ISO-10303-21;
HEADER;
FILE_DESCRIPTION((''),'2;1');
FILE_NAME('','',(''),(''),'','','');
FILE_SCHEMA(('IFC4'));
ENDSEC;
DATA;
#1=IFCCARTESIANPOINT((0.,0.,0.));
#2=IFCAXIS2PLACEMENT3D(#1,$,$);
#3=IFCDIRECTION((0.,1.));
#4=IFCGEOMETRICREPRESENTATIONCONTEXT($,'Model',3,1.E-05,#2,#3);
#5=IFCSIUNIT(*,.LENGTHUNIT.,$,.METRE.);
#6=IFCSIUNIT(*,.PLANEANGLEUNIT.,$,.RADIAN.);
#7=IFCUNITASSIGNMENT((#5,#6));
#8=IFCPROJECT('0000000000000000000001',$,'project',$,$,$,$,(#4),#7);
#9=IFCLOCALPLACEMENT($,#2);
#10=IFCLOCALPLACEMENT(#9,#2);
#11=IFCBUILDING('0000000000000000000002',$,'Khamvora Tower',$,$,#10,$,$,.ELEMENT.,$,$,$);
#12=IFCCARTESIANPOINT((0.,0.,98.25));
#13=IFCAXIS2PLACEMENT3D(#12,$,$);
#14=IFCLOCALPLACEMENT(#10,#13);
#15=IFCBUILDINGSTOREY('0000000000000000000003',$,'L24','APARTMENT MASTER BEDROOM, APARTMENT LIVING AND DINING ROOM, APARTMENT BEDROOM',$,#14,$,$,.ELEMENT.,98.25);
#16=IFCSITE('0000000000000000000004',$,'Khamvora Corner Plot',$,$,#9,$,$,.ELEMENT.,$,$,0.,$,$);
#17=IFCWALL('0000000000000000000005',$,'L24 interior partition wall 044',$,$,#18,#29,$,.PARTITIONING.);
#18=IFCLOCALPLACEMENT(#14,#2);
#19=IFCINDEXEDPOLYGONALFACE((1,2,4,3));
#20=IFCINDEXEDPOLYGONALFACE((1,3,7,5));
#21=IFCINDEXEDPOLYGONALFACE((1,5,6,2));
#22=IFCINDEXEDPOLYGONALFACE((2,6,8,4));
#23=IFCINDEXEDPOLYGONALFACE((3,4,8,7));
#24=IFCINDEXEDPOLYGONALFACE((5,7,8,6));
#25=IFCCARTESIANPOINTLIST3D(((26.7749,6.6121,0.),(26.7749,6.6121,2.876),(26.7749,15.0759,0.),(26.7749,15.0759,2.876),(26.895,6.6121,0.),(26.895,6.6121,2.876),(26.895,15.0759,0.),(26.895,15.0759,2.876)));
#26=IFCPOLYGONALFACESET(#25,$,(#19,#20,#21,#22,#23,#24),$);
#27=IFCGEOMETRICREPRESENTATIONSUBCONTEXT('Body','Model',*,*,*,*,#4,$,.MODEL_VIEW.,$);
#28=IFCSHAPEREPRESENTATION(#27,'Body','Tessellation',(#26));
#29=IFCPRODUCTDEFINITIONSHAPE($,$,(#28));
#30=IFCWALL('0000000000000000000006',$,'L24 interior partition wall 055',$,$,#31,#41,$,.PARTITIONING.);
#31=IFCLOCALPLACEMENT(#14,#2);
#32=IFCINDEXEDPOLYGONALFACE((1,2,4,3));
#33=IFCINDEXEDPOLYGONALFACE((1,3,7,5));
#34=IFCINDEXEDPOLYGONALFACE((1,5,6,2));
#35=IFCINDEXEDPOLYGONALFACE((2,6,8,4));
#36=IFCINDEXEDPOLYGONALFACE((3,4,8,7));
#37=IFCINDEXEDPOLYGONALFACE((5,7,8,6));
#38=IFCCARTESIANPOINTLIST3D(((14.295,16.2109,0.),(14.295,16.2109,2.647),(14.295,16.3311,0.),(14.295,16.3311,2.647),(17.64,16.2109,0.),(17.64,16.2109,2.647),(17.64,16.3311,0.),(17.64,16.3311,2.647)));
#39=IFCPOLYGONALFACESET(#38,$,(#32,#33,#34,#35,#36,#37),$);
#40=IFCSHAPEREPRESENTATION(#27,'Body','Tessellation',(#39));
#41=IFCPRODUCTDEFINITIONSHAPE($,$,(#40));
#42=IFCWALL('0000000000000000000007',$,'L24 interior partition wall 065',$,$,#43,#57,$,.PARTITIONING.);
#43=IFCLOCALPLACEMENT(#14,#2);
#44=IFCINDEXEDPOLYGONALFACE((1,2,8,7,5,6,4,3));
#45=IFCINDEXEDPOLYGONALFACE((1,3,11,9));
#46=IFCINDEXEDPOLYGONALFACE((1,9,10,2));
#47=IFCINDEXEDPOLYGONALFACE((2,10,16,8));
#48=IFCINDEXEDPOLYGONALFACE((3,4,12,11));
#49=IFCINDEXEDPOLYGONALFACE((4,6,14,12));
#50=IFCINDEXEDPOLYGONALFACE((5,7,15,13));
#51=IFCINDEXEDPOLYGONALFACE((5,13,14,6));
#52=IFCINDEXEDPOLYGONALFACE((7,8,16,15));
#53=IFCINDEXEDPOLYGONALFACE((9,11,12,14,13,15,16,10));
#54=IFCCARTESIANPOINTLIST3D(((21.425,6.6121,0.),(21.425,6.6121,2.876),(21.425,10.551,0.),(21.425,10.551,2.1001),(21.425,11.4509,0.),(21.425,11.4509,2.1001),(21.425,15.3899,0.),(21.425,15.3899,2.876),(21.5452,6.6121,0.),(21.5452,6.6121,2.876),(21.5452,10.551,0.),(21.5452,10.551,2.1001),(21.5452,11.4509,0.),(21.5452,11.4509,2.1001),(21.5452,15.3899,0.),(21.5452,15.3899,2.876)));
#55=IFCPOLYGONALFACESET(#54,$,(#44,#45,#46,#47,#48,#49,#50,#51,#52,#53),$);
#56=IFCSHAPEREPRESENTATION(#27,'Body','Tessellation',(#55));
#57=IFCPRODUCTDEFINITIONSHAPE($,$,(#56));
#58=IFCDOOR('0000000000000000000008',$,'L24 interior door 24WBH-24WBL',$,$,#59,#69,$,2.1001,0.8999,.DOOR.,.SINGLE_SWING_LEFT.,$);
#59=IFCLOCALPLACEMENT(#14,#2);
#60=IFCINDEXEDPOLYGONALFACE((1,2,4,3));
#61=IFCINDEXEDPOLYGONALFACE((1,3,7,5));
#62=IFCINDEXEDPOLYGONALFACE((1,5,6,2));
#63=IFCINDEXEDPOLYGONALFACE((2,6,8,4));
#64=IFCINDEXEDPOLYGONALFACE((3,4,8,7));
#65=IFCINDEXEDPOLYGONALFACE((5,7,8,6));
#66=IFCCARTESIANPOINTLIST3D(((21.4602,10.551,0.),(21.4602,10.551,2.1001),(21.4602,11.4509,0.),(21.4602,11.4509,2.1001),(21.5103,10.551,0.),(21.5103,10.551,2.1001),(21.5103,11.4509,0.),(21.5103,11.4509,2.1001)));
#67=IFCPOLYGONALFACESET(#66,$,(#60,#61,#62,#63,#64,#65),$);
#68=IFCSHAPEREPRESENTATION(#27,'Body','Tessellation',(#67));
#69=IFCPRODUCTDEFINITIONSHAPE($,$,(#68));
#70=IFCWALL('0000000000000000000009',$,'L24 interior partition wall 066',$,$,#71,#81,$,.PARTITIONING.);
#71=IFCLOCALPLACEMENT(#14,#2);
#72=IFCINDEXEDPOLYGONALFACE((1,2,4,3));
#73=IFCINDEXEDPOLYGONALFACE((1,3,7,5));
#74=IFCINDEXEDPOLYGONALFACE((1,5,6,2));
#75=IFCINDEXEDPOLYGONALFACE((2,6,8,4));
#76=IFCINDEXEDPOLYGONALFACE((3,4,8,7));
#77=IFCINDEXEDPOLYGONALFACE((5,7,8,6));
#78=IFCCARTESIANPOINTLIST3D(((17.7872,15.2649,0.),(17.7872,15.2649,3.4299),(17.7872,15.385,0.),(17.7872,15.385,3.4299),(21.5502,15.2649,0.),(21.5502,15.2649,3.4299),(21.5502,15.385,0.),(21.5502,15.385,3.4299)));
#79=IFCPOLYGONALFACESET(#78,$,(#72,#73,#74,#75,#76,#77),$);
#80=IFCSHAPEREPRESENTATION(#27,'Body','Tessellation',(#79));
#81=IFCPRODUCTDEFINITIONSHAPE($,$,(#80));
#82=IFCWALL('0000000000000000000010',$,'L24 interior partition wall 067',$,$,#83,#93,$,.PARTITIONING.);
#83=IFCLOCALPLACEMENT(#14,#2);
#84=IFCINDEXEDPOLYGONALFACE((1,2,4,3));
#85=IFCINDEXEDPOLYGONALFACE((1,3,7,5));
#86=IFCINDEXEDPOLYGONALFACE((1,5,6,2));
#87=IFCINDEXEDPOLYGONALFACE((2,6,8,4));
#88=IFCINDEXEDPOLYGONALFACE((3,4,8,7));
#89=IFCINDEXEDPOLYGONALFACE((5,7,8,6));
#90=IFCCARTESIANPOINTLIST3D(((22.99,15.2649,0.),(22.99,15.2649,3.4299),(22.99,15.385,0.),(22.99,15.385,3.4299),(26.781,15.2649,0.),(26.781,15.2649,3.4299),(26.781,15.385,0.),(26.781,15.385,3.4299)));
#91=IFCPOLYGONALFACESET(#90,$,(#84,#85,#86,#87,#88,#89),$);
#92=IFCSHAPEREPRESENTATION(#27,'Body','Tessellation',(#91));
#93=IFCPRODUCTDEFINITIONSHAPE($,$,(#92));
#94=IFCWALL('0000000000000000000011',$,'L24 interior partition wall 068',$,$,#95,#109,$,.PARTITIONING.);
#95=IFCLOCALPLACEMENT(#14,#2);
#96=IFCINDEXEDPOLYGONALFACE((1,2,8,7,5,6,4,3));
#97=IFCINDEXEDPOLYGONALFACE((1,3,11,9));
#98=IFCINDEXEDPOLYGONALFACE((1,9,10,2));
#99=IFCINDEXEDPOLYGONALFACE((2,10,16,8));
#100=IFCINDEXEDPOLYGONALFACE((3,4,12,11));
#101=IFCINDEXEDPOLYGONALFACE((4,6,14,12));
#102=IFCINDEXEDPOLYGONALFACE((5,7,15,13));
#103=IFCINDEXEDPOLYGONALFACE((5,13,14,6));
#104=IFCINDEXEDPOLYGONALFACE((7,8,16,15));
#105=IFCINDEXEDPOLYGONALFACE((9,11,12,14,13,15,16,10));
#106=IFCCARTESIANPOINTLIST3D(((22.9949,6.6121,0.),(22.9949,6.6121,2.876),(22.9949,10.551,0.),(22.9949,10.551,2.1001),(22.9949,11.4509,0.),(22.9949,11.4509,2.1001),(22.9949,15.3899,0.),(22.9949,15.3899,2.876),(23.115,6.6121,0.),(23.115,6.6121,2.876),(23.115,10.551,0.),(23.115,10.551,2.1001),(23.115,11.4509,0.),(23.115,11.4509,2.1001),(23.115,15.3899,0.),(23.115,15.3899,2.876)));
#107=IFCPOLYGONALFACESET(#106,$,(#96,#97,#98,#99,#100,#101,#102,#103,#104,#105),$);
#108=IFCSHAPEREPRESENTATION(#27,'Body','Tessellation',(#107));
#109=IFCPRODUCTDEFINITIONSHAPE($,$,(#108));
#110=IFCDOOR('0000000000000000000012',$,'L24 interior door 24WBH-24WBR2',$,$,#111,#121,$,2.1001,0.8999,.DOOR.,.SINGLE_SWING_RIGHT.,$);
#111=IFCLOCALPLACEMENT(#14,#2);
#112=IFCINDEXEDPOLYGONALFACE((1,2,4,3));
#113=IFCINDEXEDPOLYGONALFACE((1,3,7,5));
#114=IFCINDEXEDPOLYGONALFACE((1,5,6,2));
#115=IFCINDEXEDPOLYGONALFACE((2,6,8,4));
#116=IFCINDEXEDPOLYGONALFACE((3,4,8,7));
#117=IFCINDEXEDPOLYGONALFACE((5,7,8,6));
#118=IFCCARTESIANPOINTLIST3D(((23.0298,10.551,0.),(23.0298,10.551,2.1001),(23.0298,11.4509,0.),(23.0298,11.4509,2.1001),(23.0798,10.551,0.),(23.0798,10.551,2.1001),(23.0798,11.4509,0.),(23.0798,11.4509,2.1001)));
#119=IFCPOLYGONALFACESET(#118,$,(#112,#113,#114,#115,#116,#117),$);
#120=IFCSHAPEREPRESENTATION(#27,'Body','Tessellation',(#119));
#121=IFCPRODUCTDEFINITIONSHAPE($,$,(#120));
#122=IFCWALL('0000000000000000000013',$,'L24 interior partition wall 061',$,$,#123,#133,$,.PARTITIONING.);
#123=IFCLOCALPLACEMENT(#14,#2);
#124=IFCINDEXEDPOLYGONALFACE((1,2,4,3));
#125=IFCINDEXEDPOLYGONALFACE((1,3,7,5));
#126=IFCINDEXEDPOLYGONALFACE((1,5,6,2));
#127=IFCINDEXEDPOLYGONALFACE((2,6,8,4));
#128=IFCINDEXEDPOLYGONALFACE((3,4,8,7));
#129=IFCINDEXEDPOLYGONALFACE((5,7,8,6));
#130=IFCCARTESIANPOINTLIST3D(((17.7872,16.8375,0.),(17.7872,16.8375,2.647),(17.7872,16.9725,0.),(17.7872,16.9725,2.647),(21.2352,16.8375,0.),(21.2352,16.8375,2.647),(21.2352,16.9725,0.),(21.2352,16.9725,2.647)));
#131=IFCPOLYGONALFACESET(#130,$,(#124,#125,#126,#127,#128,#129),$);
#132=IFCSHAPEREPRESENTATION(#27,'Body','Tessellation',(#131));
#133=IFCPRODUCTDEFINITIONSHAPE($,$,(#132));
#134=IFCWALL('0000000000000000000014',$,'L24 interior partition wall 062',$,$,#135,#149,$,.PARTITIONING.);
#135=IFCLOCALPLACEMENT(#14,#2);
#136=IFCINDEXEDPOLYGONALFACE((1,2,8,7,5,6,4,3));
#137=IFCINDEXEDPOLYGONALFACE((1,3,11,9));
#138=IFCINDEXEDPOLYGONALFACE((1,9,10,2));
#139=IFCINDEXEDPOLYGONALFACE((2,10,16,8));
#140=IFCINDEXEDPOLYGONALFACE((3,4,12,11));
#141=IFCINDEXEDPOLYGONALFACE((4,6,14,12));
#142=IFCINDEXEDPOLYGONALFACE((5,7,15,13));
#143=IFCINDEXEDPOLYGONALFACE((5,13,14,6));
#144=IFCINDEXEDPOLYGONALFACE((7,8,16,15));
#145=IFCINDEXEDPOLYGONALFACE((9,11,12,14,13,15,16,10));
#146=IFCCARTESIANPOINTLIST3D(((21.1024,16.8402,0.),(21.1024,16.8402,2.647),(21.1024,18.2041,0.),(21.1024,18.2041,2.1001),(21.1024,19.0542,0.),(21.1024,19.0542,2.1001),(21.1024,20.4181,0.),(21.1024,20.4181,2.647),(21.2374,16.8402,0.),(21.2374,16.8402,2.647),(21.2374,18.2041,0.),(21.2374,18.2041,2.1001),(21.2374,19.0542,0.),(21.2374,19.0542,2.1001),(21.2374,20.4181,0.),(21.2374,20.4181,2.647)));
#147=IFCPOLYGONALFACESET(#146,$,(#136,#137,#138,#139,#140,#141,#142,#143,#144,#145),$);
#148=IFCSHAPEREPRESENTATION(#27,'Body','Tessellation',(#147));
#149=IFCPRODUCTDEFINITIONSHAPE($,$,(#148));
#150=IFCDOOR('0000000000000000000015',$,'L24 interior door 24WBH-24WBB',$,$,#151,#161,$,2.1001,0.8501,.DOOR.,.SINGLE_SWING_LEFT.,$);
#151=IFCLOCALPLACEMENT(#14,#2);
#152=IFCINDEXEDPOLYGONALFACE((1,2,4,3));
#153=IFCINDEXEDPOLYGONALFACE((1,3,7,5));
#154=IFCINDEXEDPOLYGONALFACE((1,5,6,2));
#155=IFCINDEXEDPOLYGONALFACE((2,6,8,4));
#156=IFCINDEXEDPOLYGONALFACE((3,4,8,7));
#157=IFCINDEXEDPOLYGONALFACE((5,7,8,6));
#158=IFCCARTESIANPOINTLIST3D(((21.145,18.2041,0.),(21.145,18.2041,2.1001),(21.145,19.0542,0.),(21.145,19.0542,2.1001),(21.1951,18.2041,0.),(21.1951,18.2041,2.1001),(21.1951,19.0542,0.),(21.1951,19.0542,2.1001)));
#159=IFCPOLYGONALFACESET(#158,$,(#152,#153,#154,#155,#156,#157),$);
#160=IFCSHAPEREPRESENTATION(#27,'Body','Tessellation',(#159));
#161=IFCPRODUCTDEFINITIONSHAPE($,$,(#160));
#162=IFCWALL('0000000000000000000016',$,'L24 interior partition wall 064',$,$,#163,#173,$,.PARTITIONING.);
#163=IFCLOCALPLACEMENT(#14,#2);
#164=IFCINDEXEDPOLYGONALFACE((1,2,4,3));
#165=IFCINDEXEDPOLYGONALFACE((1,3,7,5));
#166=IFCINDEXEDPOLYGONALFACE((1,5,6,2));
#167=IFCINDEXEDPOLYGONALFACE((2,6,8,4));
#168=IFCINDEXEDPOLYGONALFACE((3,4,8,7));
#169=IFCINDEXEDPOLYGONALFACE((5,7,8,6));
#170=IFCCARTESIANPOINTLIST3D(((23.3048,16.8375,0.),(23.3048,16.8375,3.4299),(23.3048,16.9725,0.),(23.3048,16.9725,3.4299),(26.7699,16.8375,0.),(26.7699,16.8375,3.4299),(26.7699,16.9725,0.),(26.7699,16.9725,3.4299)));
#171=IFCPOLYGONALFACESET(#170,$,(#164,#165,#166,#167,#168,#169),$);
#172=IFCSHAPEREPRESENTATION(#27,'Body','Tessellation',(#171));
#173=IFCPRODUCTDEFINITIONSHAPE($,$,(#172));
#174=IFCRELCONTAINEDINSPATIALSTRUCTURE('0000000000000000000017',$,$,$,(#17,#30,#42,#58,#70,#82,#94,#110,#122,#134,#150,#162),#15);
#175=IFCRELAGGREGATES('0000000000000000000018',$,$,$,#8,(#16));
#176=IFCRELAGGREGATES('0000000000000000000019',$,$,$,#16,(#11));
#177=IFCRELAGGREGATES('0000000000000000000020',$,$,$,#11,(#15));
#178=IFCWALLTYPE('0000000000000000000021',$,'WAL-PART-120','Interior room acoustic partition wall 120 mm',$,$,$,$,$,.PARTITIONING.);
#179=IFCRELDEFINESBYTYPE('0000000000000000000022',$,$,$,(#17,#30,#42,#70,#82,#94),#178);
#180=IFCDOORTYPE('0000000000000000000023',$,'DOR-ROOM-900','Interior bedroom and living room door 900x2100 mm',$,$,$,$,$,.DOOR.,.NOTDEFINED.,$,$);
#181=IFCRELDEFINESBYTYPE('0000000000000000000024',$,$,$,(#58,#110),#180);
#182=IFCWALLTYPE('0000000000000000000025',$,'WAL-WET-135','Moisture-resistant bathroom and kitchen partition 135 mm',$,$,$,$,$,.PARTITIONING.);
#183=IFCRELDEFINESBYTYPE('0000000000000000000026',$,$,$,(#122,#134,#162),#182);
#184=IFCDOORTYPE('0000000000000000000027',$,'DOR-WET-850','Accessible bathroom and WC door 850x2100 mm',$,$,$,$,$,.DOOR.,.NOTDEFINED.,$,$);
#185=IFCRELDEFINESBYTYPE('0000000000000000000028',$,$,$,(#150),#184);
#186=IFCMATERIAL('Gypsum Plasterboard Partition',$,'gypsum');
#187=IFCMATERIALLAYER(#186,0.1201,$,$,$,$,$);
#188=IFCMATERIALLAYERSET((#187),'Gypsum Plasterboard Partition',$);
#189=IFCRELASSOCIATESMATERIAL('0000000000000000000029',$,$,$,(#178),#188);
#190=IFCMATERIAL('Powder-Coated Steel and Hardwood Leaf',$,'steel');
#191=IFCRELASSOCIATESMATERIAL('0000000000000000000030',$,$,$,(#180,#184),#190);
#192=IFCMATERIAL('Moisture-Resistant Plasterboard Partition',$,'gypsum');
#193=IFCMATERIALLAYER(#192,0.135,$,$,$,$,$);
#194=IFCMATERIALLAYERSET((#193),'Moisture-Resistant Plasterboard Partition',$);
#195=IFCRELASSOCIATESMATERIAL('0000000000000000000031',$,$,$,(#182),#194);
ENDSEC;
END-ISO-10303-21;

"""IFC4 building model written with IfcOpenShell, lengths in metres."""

from ifc_helpers import new_model, si_unit, direction, frame, frame_2d, origin, place, context, subcontext, project, spatial, rectangle, extrude, material, layer, layer_set, type_object, element, fill, save


model = new_model("IFC4")

# Units and contexts
model_context = context("Model", 3, precision=1e-05, world=origin(), true_north=direction((0.0, 1.0)))
body_context = subcontext(model_context, "Body", "Model", "MODEL_VIEW")
ifc_project = project(units=[si_unit("LENGTHUNIT", "METRE"), si_unit("PLANEANGLEUNIT", "RADIAN")], contexts=[model_context])

# Site, building, storey
site_placement = place(None, origin())
site = spatial("IfcSite", under=ifc_project, at=site_placement, Name="Khamvora Corner Plot", CompositionType="ELEMENT", RefElevation=0.0)
building_placement = place(site_placement, origin())
building = spatial("IfcBuilding", under=site, at=building_placement, Name="Khamvora Tower", CompositionType="ELEMENT")
storey_placement = place(building_placement, frame((0.0, 0.0, 98.25)))
storey = spatial("IfcBuildingStorey", under=building, at=storey_placement, Name="L24", Description="APARTMENT MASTER BEDROOM, APARTMENT LIVING AND DINING ROOM, APARTMENT BEDROOM", CompositionType="ELEMENT", Elevation=98.25)

# Walls
ifc_material_1 = material(Name="Gypsum Plasterboard Partition", Category="gypsum")
ifc_layer_1 = layer(ifc_material_1, 0.1201)
ifc_layer_set_1 = layer_set([ifc_layer_1], Name="Gypsum Plasterboard Partition")
wall_type_1 = type_object("IfcWallType", Name="WAL-PART-120", Description="Interior room acoustic partition wall 120 mm", PredefinedType="PARTITIONING", material=ifc_layer_set_1)
wall_1_placement = place(storey_placement, frame((26.835, 6.6121, 0.0), z_axis=(0.0, 0.0, 1.0), x_axis=(0.0, 1.0, 0.0)))
element("IfcWall", 1, at=wall_1_placement, inside=storey, type_object=wall_type_1, Name="L24 interior partition wall 044", PredefinedType="PARTITIONING", context=body_context, shape_type="SweptSolid", body=[
    extrude(rectangle(XDim=8.4639, YDim=0.1201, at=frame_2d((4.2319, 0.0))), origin(), (0.0, 0.0, 1.0), 2.876),
])
wall_2_placement = place(storey_placement, frame((17.6399, 16.271, 0.0), z_axis=(0.0, 0.0, 1.0), x_axis=(-1.0, 0.0, 0.0)))
element("IfcWall", 2, at=wall_2_placement, inside=storey, type_object=wall_type_1, Name="L24 interior partition wall 055", PredefinedType="PARTITIONING", context=body_context, shape_type="SweptSolid", body=[
    extrude(rectangle(XDim=3.345, YDim=0.1201, at=frame_2d((1.6724, 0.0))), origin(), (0.0, 0.0, 1.0), 2.647),
])

# Wall, opening, door
wall_3_placement = place(storey_placement, frame((21.4851, 6.6121, 0.0), z_axis=(0.0, 0.0, 1.0), x_axis=(0.0, 1.0, 0.0)))
wall_3 = element("IfcWall", 3, at=wall_3_placement, inside=storey, type_object=wall_type_1, Name="L24 interior partition wall 065", PredefinedType="PARTITIONING", context=body_context, shape_type="SweptSolid", body=[
    extrude(rectangle(XDim=8.7778, YDim=0.1201, at=frame_2d((4.3889, 0.0))), origin(), (0.0, 0.0, 1.0), 2.876),
])
opening_1_placement = place(wall_3_placement, frame((3.939, 0.0, 0.0)))
opening_1 = element("IfcOpeningElement", 4, at=opening_1_placement, cuts=wall_3, PredefinedType="OPENING", context=body_context, shape_type="SweptSolid", body=[
    extrude(rectangle(XDim=0.8999, YDim=2.1001, at=frame_2d((0.45, 1.05))), frame((0.0, 0.0701, 0.0), z_axis=(0.0, -1.0, 0.0), x_axis=(1.0, 0.0, 0.0)), (0.0, 0.0, 1.0), 0.1401),
])
ifc_material_2 = material(Name="Powder-Coated Steel and Hardwood Leaf", Category="steel")
door_type_1 = type_object("IfcDoorType", Name="DOR-ROOM-900", Description="Interior bedroom and living room door 900x2100 mm", OperationType="NOTDEFINED", PredefinedType="DOOR", material=ifc_material_2)
door_1_placement = place(opening_1_placement, origin())
door_1 = element("IfcDoor", 5, at=door_1_placement, inside=storey, type_object=door_type_1, Name="L24 interior door 24WBH-24WBL", OperationType="SINGLE_SWING_LEFT", OverallHeight=2.1001, OverallWidth=0.8999, PredefinedType="DOOR", context=body_context, shape_type="SweptSolid", body=[
    extrude(rectangle(XDim=0.8999, YDim=2.1001, at=frame_2d((0.45, 1.05))), frame((0.0, 0.0249, 0.0), z_axis=(0.0, -1.0, 0.0), x_axis=(1.0, 0.0, 0.0)), (0.0, 0.0, 1.0), 0.05),
])
fill(opening_1, door_1)

# Walls
wall_4_placement = place(storey_placement, frame((21.55, 15.325, 0.0), z_axis=(0.0, 0.0, 1.0), x_axis=(-1.0, 0.0, 0.0)))
element("IfcWall", 6, at=wall_4_placement, inside=storey, type_object=wall_type_1, Name="L24 interior partition wall 066", PredefinedType="PARTITIONING", context=body_context, shape_type="SweptSolid", body=[
    extrude(rectangle(XDim=3.7629, YDim=0.1201, at=frame_2d((1.8813, 0.0))), origin(), (0.0, 0.0, 1.0), 3.4299),
])
wall_5_placement = place(storey_placement, frame((26.781, 15.325, 0.0), z_axis=(0.0, 0.0, 1.0), x_axis=(-1.0, 0.0, 0.0)))
element("IfcWall", 7, at=wall_5_placement, inside=storey, type_object=wall_type_1, Name="L24 interior partition wall 067", PredefinedType="PARTITIONING", context=body_context, shape_type="SweptSolid", body=[
    extrude(rectangle(XDim=3.791, YDim=0.1201, at=frame_2d((1.8955, 0.0))), origin(), (0.0, 0.0, 1.0), 3.4299),
])

# Wall, opening, door
wall_6_placement = place(storey_placement, frame((23.0549, 15.3899, 0.0), z_axis=(0.0, 0.0, 1.0), x_axis=(0.0, -1.0, 0.0)))
wall_6 = element("IfcWall", 8, at=wall_6_placement, inside=storey, type_object=wall_type_1, Name="L24 interior partition wall 068", PredefinedType="PARTITIONING", context=body_context, shape_type="SweptSolid", body=[
    extrude(rectangle(XDim=8.7778, YDim=0.1201, at=frame_2d((4.3889, 0.0))), origin(), (0.0, 0.0, 1.0), 2.876),
])
opening_2_placement = place(wall_6_placement, frame((3.939, 0.0, 0.0)))
opening_2 = element("IfcOpeningElement", 9, at=opening_2_placement, cuts=wall_6, PredefinedType="OPENING", context=body_context, shape_type="SweptSolid", body=[
    extrude(rectangle(XDim=0.8999, YDim=2.1001, at=frame_2d((0.45, 1.05))), frame((0.0, 0.0701, 0.0), z_axis=(0.0, -1.0, 0.0), x_axis=(1.0, 0.0, 0.0)), (0.0, 0.0, 1.0), 0.1401),
])
door_2_placement = place(opening_2_placement, origin())
door_2 = element("IfcDoor", 10, at=door_2_placement, inside=storey, type_object=door_type_1, Name="L24 interior door 24WBH-24WBR2", OperationType="SINGLE_SWING_RIGHT", OverallHeight=2.1001, OverallWidth=0.8999, PredefinedType="DOOR", context=body_context, shape_type="SweptSolid", body=[
    extrude(rectangle(XDim=0.8999, YDim=2.1001, at=frame_2d((0.45, 1.05))), frame((0.0, 0.0249, 0.0), z_axis=(0.0, -1.0, 0.0), x_axis=(1.0, 0.0, 0.0)), (0.0, 0.0, 1.0), 0.05),
])
fill(opening_2, door_2)

# Wall
ifc_material_3 = material(Name="Moisture-Resistant Plasterboard Partition", Category="gypsum")
ifc_layer_2 = layer(ifc_material_3, 0.135)
ifc_layer_set_2 = layer_set([ifc_layer_2], Name="Moisture-Resistant Plasterboard Partition")
wall_type_2 = type_object("IfcWallType", Name="WAL-WET-135", Description="Moisture-resistant bathroom and kitchen partition 135 mm", PredefinedType="PARTITIONING", material=ifc_layer_set_2)
wall_7_placement = place(storey_placement, frame((17.7871, 16.905, 0.0), z_axis=(0.0, 0.0, 1.0), x_axis=(1.0, 0.0, 0.0)))
element("IfcWall", 11, at=wall_7_placement, inside=storey, type_object=wall_type_2, Name="L24 interior partition wall 061", PredefinedType="PARTITIONING", context=body_context, shape_type="SweptSolid", body=[
    extrude(rectangle(XDim=3.448, YDim=0.135, at=frame_2d((1.7241, 0.0))), origin(), (0.0, 0.0, 1.0), 2.647),
])

# Wall, opening, door
wall_8_placement = place(storey_placement, frame((21.1699, 16.8401, 0.0), z_axis=(0.0, 0.0, 1.0), x_axis=(0.0, 1.0, 0.0)))
wall_8 = element("IfcWall", 12, at=wall_8_placement, inside=storey, type_object=wall_type_2, Name="L24 interior partition wall 062", PredefinedType="PARTITIONING", context=body_context, shape_type="SweptSolid", body=[
    extrude(rectangle(XDim=3.5779, YDim=0.135, at=frame_2d((1.7891, 0.0))), origin(), (0.0, 0.0, 1.0), 2.647),
])
opening_3_placement = place(wall_8_placement, frame((1.364, 0.0, 0.0)))
opening_3 = element("IfcOpeningElement", 13, at=opening_3_placement, cuts=wall_8, PredefinedType="OPENING", context=body_context, shape_type="SweptSolid", body=[
    extrude(rectangle(XDim=0.8501, YDim=2.1001, at=frame_2d((0.425, 1.05))), frame((0.0, 0.0774, 0.0), z_axis=(0.0, -1.0, 0.0), x_axis=(1.0, 0.0, 0.0)), (0.0, 0.0, 1.0), 0.155),
])
door_type_2 = type_object("IfcDoorType", Name="DOR-WET-850", Description="Accessible bathroom and WC door 850x2100 mm", OperationType="NOTDEFINED", PredefinedType="DOOR", material=ifc_material_2)
door_3_placement = place(opening_3_placement, origin())
door_3 = element("IfcDoor", 14, at=door_3_placement, inside=storey, type_object=door_type_2, Name="L24 interior door 24WBH-24WBB", OperationType="SINGLE_SWING_LEFT", OverallHeight=2.1001, OverallWidth=0.8501, PredefinedType="DOOR", context=body_context, shape_type="SweptSolid", body=[
    extrude(rectangle(XDim=0.8501, YDim=2.1001, at=frame_2d((0.425, 1.05))), frame((0.0, 0.0249, 0.0), z_axis=(0.0, -1.0, 0.0), x_axis=(1.0, 0.0, 0.0)), (0.0, 0.0, 1.0), 0.05),
])
fill(opening_3, door_3)

# Wall
wall_9_placement = place(storey_placement, frame((23.3049, 16.905, 0.0), z_axis=(0.0, 0.0, 1.0), x_axis=(1.0, 0.0, 0.0)))
element("IfcWall", 15, at=wall_9_placement, inside=storey, type_object=wall_type_2, Name="L24 interior partition wall 064", PredefinedType="PARTITIONING", context=body_context, shape_type="SweptSolid", body=[
    extrude(rectangle(XDim=3.4651, YDim=0.135, at=frame_2d((1.7324, 0.0))), origin(), (0.0, 0.0, 1.0), 3.4299),
])

save(model, "model.ifc")
